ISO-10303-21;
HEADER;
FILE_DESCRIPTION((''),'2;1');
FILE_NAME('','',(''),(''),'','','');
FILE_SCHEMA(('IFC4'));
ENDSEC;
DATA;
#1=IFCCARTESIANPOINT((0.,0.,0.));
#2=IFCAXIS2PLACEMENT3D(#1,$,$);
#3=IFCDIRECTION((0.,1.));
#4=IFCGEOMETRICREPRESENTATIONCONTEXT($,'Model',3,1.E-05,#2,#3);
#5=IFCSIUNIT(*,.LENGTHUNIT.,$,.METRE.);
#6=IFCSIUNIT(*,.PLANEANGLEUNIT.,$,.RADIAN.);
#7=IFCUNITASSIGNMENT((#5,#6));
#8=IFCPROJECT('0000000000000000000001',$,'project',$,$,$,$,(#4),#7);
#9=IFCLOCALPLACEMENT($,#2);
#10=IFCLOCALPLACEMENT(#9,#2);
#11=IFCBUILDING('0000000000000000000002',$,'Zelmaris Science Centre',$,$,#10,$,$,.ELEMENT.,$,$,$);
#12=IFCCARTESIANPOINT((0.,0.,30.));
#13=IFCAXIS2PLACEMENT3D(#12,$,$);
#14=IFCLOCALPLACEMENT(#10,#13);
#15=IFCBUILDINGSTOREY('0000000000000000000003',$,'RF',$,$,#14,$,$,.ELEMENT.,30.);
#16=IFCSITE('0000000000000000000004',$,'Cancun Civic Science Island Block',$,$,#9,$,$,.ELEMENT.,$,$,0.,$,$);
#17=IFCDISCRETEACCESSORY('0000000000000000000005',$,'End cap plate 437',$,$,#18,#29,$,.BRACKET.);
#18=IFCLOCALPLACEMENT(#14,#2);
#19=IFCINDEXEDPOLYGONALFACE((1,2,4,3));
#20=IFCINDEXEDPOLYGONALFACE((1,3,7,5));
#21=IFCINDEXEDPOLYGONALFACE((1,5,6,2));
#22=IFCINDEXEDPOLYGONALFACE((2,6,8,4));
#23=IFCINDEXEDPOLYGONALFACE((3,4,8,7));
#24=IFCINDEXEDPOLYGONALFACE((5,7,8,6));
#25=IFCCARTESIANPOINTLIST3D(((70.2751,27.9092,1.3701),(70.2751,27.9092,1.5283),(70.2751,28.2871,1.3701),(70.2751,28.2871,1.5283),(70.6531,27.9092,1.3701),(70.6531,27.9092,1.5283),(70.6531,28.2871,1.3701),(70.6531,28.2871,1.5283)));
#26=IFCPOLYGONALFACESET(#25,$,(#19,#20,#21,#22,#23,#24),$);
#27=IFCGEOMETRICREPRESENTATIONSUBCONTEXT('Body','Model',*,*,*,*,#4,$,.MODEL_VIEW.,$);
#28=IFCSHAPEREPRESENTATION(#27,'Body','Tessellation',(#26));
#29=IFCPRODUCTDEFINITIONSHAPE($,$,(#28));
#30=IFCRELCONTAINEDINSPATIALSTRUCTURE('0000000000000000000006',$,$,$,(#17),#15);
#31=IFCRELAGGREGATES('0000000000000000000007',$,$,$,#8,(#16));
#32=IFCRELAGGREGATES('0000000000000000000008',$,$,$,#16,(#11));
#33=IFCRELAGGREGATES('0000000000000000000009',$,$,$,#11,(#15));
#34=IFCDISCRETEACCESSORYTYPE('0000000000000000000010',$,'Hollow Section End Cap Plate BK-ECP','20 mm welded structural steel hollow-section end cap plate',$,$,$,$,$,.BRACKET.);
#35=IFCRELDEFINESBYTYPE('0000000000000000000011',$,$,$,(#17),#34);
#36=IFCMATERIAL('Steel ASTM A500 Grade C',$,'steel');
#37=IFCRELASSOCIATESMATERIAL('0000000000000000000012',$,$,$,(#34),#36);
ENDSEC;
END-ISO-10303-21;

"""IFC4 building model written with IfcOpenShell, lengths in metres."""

from ifc_helpers import new_model, si_unit, direction, frame, origin, place, context, subcontext, project, spatial, polyline, outline, extrude, material, type_object, element, save


model = new_model("IFC4")

# Units and contexts
model_context = context("Model", 3, precision=1e-05, world=origin(), true_north=direction((0.0, 1.0)))
body_context = subcontext(model_context, "Body", "Model", "MODEL_VIEW")
ifc_project = project(units=[si_unit("LENGTHUNIT", "METRE"), si_unit("PLANEANGLEUNIT", "RADIAN")], contexts=[model_context])

# Site, building, storey
site_placement = place(None, origin())
site = spatial("IfcSite", under=ifc_project, at=site_placement, Name="Cancun Civic Science Island Block", CompositionType="ELEMENT", RefElevation=0.0)
building_placement = place(site_placement, origin())
building = spatial("IfcBuilding", under=site, at=building_placement, Name="Zelmaris Science Centre", CompositionType="ELEMENT")
storey_placement = place(building_placement, frame((0.0, 0.0, 30.0)))
storey = spatial("IfcBuildingStorey", under=building, at=storey_placement, Name="RF", CompositionType="ELEMENT", Elevation=30.0)

# Discrete accessory
ifc_material = material(Name="Steel ASTM A500 Grade C", Category="steel")
discrete_accessory_type = type_object("IfcDiscreteAccessoryType", Name="Hollow Section End Cap Plate BK-ECP", Description="20 mm welded structural steel hollow-section end cap plate", PredefinedType="BRACKET", material=ifc_material)
discrete_accessory_1_placement = place(storey_placement, frame((0.0, 0.0, 1.3701)))
element("IfcDiscreteAccessory", 1, at=discrete_accessory_1_placement, inside=storey, type_object=discrete_accessory_type, Name="End cap plate 437", PredefinedType="BRACKET", context=body_context, shape_type="SweptSolid", body=[
    extrude(outline(polyline([(70.2751, 27.9092), (70.6531, 27.9092), (70.6531, 28.2871), (70.2751, 28.2871), (70.2751, 27.9092)])), origin(), (0.0, 0.0, 1.0), 0.1582),
])

save(model, "model.ifc")
